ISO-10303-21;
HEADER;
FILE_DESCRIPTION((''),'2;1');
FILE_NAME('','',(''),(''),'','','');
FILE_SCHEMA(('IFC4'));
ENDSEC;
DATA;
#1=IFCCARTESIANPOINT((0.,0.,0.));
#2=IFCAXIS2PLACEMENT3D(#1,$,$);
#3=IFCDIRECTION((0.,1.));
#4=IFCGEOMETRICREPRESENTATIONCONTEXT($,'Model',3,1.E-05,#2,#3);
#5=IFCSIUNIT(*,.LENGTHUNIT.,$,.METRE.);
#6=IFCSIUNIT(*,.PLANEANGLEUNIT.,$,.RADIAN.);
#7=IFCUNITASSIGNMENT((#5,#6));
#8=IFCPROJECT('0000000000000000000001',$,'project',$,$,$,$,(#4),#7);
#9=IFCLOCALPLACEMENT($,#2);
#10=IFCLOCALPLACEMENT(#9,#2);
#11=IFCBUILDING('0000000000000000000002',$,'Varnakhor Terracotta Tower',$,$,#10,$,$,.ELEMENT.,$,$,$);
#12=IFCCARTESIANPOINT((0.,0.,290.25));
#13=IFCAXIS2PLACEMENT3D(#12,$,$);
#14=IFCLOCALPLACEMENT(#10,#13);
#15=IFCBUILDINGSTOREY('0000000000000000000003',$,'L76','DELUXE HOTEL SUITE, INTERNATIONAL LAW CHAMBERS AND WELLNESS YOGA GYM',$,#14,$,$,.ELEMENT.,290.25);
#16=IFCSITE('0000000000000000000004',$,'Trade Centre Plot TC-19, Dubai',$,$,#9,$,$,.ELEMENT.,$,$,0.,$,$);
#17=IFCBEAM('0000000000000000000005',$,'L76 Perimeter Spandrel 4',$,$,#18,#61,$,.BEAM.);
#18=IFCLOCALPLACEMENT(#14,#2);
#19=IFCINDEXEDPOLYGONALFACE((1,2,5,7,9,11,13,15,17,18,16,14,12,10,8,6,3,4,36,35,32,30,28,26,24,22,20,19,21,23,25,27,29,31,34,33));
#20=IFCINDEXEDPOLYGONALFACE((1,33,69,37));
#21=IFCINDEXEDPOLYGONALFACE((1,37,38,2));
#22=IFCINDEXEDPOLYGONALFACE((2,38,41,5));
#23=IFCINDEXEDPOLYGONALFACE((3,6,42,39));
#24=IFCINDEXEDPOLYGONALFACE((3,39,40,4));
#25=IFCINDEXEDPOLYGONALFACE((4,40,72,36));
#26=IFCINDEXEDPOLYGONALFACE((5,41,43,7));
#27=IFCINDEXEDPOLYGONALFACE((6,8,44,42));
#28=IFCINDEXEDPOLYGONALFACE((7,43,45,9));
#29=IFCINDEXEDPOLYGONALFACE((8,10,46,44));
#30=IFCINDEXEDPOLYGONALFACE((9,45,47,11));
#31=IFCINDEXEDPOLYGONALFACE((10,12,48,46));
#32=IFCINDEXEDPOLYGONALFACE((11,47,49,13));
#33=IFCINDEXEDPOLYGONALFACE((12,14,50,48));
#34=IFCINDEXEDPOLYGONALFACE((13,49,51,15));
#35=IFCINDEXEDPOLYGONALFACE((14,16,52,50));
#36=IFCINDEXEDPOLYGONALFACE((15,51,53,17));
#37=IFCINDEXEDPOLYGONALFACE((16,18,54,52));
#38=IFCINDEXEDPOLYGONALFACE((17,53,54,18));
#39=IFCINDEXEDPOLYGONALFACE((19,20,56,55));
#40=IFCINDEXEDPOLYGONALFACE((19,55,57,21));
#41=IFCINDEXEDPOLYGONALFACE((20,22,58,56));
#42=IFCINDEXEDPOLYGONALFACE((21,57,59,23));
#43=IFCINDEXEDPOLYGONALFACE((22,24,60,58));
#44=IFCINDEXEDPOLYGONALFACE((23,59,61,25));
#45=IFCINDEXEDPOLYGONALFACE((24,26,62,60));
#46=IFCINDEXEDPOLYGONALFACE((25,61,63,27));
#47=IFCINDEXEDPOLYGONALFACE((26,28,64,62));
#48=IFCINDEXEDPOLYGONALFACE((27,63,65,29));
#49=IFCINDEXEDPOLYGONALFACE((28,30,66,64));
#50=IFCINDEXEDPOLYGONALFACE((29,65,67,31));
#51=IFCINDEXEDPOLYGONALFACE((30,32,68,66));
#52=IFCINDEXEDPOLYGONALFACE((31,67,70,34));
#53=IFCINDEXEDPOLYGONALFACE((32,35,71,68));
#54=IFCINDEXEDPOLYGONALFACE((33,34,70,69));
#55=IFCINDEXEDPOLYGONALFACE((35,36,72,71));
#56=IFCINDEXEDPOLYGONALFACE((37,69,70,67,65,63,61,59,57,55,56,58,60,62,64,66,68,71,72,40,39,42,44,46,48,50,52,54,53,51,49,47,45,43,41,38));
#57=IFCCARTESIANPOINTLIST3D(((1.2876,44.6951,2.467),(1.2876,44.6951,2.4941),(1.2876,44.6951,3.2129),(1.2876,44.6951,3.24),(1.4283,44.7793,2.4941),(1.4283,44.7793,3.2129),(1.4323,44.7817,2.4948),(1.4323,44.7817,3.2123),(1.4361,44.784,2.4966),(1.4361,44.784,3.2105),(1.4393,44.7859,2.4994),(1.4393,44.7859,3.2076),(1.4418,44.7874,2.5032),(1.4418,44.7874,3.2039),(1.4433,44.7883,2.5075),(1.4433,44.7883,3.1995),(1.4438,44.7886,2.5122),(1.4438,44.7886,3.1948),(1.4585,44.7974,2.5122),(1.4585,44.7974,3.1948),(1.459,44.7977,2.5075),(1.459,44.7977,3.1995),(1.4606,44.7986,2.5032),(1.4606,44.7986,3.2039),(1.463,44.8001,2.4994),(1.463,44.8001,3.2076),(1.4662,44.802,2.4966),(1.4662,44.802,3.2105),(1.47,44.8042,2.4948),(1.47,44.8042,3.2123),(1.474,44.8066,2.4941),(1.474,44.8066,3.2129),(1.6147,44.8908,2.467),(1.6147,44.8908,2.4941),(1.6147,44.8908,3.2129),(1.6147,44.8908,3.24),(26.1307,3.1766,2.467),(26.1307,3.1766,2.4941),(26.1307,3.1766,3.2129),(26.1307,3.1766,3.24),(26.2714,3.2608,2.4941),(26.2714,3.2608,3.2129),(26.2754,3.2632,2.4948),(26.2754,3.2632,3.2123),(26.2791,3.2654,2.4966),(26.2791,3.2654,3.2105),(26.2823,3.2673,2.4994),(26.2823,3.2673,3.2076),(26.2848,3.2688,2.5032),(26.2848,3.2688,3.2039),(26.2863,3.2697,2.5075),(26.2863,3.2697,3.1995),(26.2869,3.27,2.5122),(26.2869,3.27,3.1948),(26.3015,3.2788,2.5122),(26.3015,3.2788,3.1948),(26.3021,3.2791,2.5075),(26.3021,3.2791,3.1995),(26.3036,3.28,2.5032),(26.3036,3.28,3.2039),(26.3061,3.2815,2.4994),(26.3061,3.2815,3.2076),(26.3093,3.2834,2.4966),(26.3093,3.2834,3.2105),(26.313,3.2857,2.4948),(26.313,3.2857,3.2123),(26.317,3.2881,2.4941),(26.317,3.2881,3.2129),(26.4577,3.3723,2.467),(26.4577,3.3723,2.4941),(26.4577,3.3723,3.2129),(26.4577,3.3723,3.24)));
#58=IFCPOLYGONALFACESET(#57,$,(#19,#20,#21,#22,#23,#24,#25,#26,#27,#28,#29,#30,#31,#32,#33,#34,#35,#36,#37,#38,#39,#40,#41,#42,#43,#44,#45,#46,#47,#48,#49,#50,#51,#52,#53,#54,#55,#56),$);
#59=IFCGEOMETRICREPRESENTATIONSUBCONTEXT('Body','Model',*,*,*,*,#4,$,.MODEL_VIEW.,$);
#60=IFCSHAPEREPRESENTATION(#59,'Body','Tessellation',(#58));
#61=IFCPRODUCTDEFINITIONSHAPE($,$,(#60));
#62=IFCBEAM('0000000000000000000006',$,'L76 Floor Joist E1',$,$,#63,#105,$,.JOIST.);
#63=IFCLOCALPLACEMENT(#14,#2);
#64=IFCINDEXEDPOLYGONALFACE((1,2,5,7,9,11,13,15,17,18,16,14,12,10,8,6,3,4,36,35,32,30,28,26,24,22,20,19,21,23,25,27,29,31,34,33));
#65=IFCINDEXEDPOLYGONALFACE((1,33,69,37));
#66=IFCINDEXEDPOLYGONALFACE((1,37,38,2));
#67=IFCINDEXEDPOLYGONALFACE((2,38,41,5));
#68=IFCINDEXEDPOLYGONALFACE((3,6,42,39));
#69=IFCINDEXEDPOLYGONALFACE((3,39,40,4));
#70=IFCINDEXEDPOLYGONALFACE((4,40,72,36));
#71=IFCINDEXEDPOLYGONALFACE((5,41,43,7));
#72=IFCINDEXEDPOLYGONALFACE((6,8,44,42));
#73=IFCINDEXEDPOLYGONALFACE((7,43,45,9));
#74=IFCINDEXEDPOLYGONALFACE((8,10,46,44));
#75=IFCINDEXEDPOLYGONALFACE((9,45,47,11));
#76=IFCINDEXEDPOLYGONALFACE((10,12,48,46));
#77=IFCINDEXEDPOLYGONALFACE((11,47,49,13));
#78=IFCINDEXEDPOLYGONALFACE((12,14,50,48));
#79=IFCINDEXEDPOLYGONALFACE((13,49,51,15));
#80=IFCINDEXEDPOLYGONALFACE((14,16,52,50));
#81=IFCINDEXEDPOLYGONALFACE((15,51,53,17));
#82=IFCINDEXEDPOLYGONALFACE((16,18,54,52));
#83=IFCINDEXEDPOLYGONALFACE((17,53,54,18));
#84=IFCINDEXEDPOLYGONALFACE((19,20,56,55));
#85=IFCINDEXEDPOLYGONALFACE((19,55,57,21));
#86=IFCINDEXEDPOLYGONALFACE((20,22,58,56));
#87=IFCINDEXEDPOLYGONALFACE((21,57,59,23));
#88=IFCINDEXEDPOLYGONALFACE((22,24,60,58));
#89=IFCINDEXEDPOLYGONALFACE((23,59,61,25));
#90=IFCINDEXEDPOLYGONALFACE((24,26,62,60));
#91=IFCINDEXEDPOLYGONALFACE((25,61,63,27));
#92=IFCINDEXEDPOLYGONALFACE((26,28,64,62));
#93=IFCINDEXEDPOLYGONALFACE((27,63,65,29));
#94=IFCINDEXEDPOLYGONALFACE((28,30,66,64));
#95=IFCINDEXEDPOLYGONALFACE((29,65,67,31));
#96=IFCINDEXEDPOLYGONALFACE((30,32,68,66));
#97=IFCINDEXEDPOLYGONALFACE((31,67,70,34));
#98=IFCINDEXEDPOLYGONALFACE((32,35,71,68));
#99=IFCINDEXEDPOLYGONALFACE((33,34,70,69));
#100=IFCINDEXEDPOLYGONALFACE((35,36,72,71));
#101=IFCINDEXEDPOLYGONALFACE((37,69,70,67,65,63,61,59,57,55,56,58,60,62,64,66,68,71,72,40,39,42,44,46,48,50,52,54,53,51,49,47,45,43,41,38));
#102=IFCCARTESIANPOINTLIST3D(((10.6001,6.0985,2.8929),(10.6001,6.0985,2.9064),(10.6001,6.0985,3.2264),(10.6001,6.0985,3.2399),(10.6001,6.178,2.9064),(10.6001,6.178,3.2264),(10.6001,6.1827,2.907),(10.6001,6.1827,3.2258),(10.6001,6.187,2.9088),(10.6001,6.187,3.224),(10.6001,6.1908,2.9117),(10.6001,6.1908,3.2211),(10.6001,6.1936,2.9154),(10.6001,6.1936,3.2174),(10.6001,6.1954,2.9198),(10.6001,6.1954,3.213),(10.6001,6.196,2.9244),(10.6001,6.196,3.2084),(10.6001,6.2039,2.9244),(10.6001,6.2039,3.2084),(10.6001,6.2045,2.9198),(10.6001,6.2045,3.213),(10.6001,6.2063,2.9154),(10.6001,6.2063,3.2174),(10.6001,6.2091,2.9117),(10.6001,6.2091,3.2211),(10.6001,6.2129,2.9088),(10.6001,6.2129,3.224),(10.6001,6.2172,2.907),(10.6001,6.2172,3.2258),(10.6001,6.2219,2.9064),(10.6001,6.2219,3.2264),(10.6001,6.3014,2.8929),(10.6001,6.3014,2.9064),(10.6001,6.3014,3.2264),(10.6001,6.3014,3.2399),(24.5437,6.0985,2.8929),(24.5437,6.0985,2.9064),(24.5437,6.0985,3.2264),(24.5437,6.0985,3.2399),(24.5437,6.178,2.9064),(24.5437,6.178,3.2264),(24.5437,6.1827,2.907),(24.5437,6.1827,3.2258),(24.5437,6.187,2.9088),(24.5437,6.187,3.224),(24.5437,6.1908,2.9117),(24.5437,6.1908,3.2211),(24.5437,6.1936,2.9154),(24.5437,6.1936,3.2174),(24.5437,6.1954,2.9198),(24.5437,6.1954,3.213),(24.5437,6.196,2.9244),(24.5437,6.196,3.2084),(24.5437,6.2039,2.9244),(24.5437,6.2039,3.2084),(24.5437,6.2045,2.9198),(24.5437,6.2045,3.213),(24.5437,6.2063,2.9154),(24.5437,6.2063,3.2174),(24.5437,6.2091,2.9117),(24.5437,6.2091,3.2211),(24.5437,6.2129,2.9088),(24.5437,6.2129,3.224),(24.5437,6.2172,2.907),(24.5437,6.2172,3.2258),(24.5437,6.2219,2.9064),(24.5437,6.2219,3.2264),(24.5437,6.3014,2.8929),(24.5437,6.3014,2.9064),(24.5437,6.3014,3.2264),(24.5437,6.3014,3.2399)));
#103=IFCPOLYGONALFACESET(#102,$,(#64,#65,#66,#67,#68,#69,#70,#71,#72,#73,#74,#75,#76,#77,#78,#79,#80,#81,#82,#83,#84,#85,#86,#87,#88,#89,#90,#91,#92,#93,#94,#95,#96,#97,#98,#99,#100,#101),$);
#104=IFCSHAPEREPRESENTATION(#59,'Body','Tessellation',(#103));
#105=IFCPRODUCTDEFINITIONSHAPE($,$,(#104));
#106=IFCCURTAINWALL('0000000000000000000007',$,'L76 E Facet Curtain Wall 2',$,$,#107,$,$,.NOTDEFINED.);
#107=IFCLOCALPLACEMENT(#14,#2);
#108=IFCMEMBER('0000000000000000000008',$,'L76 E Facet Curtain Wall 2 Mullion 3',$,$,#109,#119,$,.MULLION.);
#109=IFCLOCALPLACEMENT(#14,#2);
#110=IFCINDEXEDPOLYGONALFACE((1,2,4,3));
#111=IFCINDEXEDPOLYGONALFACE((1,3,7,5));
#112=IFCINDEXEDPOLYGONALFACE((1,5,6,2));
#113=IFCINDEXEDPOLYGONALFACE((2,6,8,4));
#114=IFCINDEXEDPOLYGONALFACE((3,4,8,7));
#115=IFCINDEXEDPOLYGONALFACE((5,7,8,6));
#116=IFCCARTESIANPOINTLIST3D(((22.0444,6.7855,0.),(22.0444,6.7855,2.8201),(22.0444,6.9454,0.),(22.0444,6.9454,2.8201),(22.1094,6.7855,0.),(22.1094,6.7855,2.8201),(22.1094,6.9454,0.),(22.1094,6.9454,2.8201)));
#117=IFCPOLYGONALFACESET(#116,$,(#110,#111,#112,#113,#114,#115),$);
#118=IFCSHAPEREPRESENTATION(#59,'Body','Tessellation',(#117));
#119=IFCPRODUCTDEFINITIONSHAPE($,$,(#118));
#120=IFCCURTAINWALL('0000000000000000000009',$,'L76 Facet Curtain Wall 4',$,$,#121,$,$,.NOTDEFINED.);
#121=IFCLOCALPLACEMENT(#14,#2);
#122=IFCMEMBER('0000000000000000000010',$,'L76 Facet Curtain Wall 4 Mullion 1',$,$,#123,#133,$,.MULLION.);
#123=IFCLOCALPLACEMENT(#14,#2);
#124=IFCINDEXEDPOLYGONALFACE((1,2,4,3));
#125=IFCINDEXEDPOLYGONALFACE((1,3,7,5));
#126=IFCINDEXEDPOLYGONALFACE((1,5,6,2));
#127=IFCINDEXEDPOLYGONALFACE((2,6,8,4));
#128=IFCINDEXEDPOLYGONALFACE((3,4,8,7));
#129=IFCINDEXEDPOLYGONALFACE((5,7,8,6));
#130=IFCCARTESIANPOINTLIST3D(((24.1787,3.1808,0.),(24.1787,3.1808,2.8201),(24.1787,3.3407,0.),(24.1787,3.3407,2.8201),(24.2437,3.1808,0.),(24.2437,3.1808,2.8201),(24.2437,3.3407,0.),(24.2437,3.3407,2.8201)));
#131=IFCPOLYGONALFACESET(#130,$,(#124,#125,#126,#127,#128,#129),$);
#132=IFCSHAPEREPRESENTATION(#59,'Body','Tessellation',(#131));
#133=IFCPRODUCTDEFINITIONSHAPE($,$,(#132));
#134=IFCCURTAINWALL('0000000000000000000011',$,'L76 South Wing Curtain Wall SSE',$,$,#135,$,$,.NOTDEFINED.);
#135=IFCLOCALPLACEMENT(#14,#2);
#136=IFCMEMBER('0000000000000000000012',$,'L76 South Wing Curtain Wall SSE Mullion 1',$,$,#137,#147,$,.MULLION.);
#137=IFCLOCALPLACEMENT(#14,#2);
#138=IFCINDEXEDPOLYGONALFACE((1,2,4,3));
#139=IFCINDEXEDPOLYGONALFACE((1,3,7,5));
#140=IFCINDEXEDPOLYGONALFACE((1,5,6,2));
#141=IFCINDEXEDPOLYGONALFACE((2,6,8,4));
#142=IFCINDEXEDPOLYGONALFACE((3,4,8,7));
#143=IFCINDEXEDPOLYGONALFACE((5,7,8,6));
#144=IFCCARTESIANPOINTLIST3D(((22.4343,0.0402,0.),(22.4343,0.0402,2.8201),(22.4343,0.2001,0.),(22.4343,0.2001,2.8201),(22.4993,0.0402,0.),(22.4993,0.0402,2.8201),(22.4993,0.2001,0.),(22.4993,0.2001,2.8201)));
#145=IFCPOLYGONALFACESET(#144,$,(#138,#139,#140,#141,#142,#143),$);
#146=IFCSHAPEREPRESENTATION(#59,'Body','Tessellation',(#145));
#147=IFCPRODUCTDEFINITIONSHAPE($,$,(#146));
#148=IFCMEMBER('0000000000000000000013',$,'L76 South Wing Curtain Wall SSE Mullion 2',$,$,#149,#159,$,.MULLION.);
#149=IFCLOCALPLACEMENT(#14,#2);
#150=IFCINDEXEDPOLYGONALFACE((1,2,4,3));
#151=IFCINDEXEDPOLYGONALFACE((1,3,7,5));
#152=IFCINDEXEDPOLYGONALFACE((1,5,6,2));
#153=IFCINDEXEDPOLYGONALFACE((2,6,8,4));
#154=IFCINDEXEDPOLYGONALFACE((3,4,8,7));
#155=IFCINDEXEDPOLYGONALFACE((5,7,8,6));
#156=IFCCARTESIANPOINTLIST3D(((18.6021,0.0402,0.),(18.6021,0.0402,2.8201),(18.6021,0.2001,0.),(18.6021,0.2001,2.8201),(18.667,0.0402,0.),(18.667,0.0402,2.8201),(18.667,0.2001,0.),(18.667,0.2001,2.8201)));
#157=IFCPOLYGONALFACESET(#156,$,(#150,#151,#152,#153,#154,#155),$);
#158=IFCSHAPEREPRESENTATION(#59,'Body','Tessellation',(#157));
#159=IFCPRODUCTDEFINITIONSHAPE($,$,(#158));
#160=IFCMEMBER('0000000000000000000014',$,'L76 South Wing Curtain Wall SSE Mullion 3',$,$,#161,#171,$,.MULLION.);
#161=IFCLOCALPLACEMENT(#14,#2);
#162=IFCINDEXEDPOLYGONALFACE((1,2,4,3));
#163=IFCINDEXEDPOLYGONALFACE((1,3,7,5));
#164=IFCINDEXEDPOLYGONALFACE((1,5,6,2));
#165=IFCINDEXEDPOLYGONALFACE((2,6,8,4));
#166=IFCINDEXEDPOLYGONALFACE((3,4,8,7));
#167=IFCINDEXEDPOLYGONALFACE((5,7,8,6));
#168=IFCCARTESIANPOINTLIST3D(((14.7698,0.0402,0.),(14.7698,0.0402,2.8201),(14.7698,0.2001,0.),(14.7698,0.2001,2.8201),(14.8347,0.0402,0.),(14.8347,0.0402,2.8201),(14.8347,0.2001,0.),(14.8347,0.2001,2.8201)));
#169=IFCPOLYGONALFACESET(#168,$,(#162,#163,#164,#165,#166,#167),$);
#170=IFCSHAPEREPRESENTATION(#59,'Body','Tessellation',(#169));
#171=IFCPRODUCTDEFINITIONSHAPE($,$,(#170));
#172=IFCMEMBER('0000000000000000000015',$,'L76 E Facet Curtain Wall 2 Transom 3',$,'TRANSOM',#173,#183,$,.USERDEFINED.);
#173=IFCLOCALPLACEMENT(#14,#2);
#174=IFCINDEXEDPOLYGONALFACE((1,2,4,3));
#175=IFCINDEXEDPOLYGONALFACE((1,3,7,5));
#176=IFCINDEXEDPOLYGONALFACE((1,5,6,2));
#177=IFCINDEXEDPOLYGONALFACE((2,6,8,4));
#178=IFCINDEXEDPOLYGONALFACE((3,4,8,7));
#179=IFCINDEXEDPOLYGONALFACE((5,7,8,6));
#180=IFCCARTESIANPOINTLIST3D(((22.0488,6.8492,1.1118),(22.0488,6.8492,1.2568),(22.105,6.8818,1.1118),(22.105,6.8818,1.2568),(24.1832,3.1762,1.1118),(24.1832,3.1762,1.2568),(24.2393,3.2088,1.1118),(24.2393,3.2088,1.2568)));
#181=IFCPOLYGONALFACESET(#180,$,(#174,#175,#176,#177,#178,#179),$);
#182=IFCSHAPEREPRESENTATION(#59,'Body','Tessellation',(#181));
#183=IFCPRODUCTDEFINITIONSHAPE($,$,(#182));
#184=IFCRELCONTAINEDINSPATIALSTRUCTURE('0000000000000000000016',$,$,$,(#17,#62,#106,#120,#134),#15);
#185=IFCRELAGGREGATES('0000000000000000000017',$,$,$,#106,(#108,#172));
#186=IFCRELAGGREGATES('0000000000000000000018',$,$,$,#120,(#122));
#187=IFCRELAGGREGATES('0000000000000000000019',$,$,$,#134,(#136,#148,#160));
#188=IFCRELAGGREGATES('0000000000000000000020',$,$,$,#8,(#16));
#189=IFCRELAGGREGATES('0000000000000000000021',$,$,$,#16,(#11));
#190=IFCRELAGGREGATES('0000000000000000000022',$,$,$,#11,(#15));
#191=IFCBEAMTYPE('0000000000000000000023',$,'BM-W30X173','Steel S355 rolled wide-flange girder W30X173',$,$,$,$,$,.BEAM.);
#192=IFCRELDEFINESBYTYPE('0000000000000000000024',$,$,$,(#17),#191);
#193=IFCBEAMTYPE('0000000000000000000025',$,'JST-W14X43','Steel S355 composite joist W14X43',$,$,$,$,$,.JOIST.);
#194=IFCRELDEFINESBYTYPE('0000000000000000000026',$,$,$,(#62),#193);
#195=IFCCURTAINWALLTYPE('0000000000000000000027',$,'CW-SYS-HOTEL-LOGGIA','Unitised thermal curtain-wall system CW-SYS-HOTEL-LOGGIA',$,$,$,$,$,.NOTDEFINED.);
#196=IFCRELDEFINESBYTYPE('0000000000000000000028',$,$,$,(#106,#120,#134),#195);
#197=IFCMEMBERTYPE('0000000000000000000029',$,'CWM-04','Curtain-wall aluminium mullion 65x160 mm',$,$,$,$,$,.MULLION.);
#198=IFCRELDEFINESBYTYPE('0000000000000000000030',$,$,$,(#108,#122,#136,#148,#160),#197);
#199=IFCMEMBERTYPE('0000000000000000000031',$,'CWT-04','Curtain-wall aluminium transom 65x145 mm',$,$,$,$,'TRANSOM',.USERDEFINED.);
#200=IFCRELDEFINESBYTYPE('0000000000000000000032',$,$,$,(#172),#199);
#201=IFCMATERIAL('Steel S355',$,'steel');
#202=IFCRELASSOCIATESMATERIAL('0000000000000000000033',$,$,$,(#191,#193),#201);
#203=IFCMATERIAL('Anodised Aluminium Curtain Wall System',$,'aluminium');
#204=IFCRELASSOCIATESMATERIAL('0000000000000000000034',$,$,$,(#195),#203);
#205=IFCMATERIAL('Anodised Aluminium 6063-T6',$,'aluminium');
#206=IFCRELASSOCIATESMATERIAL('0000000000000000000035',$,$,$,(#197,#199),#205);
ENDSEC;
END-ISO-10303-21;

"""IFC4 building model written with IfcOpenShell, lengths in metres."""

from ifc_helpers import new_model, si_unit, direction, frame, origin, origin_2d, place, context, subcontext, project, spatial, rectangle, i_section, extrude, source, transform, mapped, material, material_profile, profile_set, type_object, type_shapes, element, aggregate, save


model = new_model("IFC4")

# Units and contexts
model_context = context("Model", 3, precision=1e-05, world=origin(), true_north=direction((0.0, 1.0)))
body_context = subcontext(model_context, "Body", "Model", "MODEL_VIEW")
ifc_project = project(units=[si_unit("LENGTHUNIT", "METRE"), si_unit("PLANEANGLEUNIT", "RADIAN")], contexts=[model_context])

# Site, building, storey
site_placement = place(None, origin())
site = spatial("IfcSite", under=ifc_project, at=site_placement, Name="Trade Centre Plot TC-19, Dubai", CompositionType="ELEMENT", RefElevation=0.0)
building_placement = place(site_placement, origin())
building = spatial("IfcBuilding", under=site, at=building_placement, Name="Varnakhor Terracotta Tower", CompositionType="ELEMENT")
storey_placement = place(building_placement, frame((0.0, 0.0, 290.25)))
storey = spatial("IfcBuildingStorey", under=building, at=storey_placement, Name="L76", Description="DELUXE HOTEL SUITE, INTERNATIONAL LAW CHAMBERS AND WELLNESS YOGA GYM", CompositionType="ELEMENT", Elevation=290.25)

# Shared definitions
ifc_material_1 = material(Name="Steel S355", Category="steel")

# Beams
ifc_material_profile_1 = material_profile(ifc_material_1, i_section(OverallWidth=0.3811, OverallDepth=0.7729, WebThickness=0.0171, FlangeThickness=0.0271, FilletRadius=0.0181, at=origin_2d()), Name="W30X173")
ifc_profile_set_1 = profile_set([ifc_material_profile_1], Name="Steel S355")
beam_type_1 = type_object("IfcBeamType", Name="BM-W30X173", Description="Steel S355 rolled wide-flange girder W30X173", PredefinedType="BEAM", material=ifc_profile_set_1)
shared_shape_1 = source(origin(), body_context, "Body", "SweptSolid", [
    extrude(i_section(OverallWidth=0.3811, OverallDepth=0.7729, WebThickness=0.0171, FlangeThickness=0.0271, FilletRadius=0.0181, at=origin_2d()), origin(), (0.0, 0.0, 1.0), 48.3835),
])
beam_1_placement = place(storey_placement, frame((26.2942, 3.2744, 2.8535), z_axis=(-0.51346, 0.858113, 0.0), x_axis=(-0.858113, -0.51346, 0.0)))
element("IfcBeam", 1, at=beam_1_placement, inside=storey, type_object=beam_type_1, Name="L76 Perimeter Spandrel 4", PredefinedType="BEAM", context=body_context, shape_type="MappedRepresentation", body=[
    mapped(shared_shape_1, transform((0.0, 0.0, 0.0), scale=1.0)),
])
ifc_material_profile_2 = material_profile(ifc_material_1, i_section(OverallWidth=0.2029, OverallDepth=0.3469, WebThickness=0.0078, FlangeThickness=0.0134, FilletRadius=0.0181, at=origin_2d()), Name="W14X43")
ifc_profile_set_2 = profile_set([ifc_material_profile_2], Name="Steel S355")
beam_type_2 = type_object("IfcBeamType", Name="JST-W14X43", Description="Steel S355 composite joist W14X43", PredefinedType="JOIST", material=ifc_profile_set_2)
shared_shape_2 = source(origin(), body_context, "Body", "SweptSolid", [
    extrude(i_section(OverallWidth=0.2029, OverallDepth=0.3469, WebThickness=0.0078, FlangeThickness=0.0134, FilletRadius=0.0181, at=origin_2d()), origin(), (0.0, 0.0, 1.0), 13.9436),
])
beam_2_placement = place(storey_placement, frame((10.6001, 6.2, 3.0664), z_axis=(1.0, 0.0, 0.0), x_axis=(0.0, 1.0, 0.0)))
element("IfcBeam", 2, at=beam_2_placement, inside=storey, type_object=beam_type_2, Name="L76 Floor Joist E1", PredefinedType="JOIST", context=body_context, shape_type="MappedRepresentation", body=[
    mapped(shared_shape_2, transform((0.0, 0.0, 0.0), scale=1.0)),
])

# Curtain walls, members
ifc_material_2 = material(Name="Anodised Aluminium Curtain Wall System", Category="aluminium")
curtain_wall_type = type_object("IfcCurtainWallType", Name="CW-SYS-HOTEL-LOGGIA", Description="Unitised thermal curtain-wall system CW-SYS-HOTEL-LOGGIA", PredefinedType="NOTDEFINED", material=ifc_material_2)
curtain_wall_1_placement = place(storey_placement, origin())
curtain_wall_1 = element("IfcCurtainWall", 3, at=curtain_wall_1_placement, inside=storey, type_object=curtain_wall_type, Name="L76 E Facet Curtain Wall 2", PredefinedType="NOTDEFINED")
ifc_material_3 = material(Name="Anodised Aluminium 6063-T6", Category="aluminium")
ifc_material_profile_3 = material_profile(ifc_material_3, rectangle(XDim=0.0649, YDim=0.1599, at=origin_2d()), Name="ALU MULLION 65x160")
ifc_profile_set_3 = profile_set([ifc_material_profile_3], Name="Anodised Aluminium 6063-T6")
member_type_1 = type_object("IfcMemberType", Name="CWM-04", Description="Curtain-wall aluminium mullion 65x160 mm", PredefinedType="MULLION", material=ifc_profile_set_3)
shared_shape_3 = source(origin(), body_context, "Body", "SweptSolid", [
    extrude(rectangle(XDim=0.0649, YDim=0.1599, at=origin_2d()), origin(), (0.0, 0.0, 1.0), 2.8201),
])
type_shapes(member_type_1, [shared_shape_3])
member_1_placement = place(storey_placement, frame((22.0769, 6.8655, 0.0), z_axis=(0.0, 0.0, 1.0), x_axis=(1.0, 0.0, 0.0)))
member_1 = element("IfcMember", 4, at=member_1_placement, type_object=member_type_1, Name="L76 E Facet Curtain Wall 2 Mullion 3", PredefinedType="MULLION", context=body_context, shape_type="MappedRepresentation", body=[
    mapped(shared_shape_3, transform((0.0, 0.0, 0.0), scale=1.0)),
])
curtain_wall_2_placement = place(storey_placement, origin())
curtain_wall_2 = element("IfcCurtainWall", 5, at=curtain_wall_2_placement, inside=storey, type_object=curtain_wall_type, Name="L76 Facet Curtain Wall 4", PredefinedType="NOTDEFINED")
member_2_placement = place(storey_placement, frame((24.2112, 3.2607, 0.0), z_axis=(0.0, 0.0, 1.0), x_axis=(1.0, 0.0, 0.0)))
member_2 = element("IfcMember", 6, at=member_2_placement, type_object=member_type_1, Name="L76 Facet Curtain Wall 4 Mullion 1", PredefinedType="MULLION", context=body_context, shape_type="MappedRepresentation", body=[
    mapped(shared_shape_3, transform((0.0, 0.0, 0.0), scale=1.0)),
])

# Curtain wall, members
curtain_wall_3_placement = place(storey_placement, origin())
curtain_wall_3 = element("IfcCurtainWall", 7, at=curtain_wall_3_placement, inside=storey, type_object=curtain_wall_type, Name="L76 South Wing Curtain Wall SSE", PredefinedType="NOTDEFINED")
member_3_placement = place(storey_placement, frame((22.4668, 0.1201, 0.0), z_axis=(0.0, 0.0, 1.0), x_axis=(1.0, 0.0, 0.0)))
member_3 = element("IfcMember", 8, at=member_3_placement, type_object=member_type_1, Name="L76 South Wing Curtain Wall SSE Mullion 1", PredefinedType="MULLION", context=body_context, shape_type="MappedRepresentation", body=[
    mapped(shared_shape_3, transform((0.0, 0.0, 0.0), scale=1.0)),
])
member_4_placement = place(storey_placement, frame((18.6345, 0.1201, 0.0), z_axis=(0.0, 0.0, 1.0), x_axis=(1.0, 0.0, 0.0)))
member_4 = element("IfcMember", 9, at=member_4_placement, type_object=member_type_1, Name="L76 South Wing Curtain Wall SSE Mullion 2", PredefinedType="MULLION", context=body_context, shape_type="MappedRepresentation", body=[
    mapped(shared_shape_3, transform((0.0, 0.0, 0.0), scale=1.0)),
])
member_5_placement = place(storey_placement, frame((14.8022, 0.1201, 0.0), z_axis=(0.0, 0.0, 1.0), x_axis=(1.0, 0.0, 0.0)))
member_5 = element("IfcMember", 10, at=member_5_placement, type_object=member_type_1, Name="L76 South Wing Curtain Wall SSE Mullion 3", PredefinedType="MULLION", context=body_context, shape_type="MappedRepresentation", body=[
    mapped(shared_shape_3, transform((0.0, 0.0, 0.0), scale=1.0)),
])

# Member
ifc_material_profile_4 = material_profile(ifc_material_3, rectangle(XDim=0.0649, YDim=0.145, at=origin_2d()), Name="ALU TRANSOM 65x145")
ifc_profile_set_4 = profile_set([ifc_material_profile_4], Name="Anodised Aluminium 6063-T6")
member_type_2 = type_object("IfcMemberType", Name="CWT-04", Description="Curtain-wall aluminium transom 65x145 mm", ElementType="TRANSOM", PredefinedType="USERDEFINED", material=ifc_profile_set_4)
shared_shape_4 = source(origin(), body_context, "Body", "SweptSolid", [
    extrude(rectangle(XDim=0.0649, YDim=0.145, at=origin_2d()), origin(), (0.0, 0.0, 1.0), 4.248),
])
member_6_placement = place(storey_placement, frame((22.0769, 6.8655, 1.1843), z_axis=(0.502427, -0.86462, 0.0), x_axis=(0.86462, 0.502427, 0.0)))
member_6 = element("IfcMember", 11, at=member_6_placement, type_object=member_type_2, Name="L76 E Facet Curtain Wall 2 Transom 3", ObjectType="TRANSOM", PredefinedType="USERDEFINED", context=body_context, shape_type="MappedRepresentation", body=[
    mapped(shared_shape_4, transform((0.0, 0.0, 0.0), scale=1.0)),
])

aggregate(curtain_wall_1, [member_1, member_6])
aggregate(curtain_wall_2, [member_2])
aggregate(curtain_wall_3, [member_3, member_4, member_5])

save(model, "model.ifc")
